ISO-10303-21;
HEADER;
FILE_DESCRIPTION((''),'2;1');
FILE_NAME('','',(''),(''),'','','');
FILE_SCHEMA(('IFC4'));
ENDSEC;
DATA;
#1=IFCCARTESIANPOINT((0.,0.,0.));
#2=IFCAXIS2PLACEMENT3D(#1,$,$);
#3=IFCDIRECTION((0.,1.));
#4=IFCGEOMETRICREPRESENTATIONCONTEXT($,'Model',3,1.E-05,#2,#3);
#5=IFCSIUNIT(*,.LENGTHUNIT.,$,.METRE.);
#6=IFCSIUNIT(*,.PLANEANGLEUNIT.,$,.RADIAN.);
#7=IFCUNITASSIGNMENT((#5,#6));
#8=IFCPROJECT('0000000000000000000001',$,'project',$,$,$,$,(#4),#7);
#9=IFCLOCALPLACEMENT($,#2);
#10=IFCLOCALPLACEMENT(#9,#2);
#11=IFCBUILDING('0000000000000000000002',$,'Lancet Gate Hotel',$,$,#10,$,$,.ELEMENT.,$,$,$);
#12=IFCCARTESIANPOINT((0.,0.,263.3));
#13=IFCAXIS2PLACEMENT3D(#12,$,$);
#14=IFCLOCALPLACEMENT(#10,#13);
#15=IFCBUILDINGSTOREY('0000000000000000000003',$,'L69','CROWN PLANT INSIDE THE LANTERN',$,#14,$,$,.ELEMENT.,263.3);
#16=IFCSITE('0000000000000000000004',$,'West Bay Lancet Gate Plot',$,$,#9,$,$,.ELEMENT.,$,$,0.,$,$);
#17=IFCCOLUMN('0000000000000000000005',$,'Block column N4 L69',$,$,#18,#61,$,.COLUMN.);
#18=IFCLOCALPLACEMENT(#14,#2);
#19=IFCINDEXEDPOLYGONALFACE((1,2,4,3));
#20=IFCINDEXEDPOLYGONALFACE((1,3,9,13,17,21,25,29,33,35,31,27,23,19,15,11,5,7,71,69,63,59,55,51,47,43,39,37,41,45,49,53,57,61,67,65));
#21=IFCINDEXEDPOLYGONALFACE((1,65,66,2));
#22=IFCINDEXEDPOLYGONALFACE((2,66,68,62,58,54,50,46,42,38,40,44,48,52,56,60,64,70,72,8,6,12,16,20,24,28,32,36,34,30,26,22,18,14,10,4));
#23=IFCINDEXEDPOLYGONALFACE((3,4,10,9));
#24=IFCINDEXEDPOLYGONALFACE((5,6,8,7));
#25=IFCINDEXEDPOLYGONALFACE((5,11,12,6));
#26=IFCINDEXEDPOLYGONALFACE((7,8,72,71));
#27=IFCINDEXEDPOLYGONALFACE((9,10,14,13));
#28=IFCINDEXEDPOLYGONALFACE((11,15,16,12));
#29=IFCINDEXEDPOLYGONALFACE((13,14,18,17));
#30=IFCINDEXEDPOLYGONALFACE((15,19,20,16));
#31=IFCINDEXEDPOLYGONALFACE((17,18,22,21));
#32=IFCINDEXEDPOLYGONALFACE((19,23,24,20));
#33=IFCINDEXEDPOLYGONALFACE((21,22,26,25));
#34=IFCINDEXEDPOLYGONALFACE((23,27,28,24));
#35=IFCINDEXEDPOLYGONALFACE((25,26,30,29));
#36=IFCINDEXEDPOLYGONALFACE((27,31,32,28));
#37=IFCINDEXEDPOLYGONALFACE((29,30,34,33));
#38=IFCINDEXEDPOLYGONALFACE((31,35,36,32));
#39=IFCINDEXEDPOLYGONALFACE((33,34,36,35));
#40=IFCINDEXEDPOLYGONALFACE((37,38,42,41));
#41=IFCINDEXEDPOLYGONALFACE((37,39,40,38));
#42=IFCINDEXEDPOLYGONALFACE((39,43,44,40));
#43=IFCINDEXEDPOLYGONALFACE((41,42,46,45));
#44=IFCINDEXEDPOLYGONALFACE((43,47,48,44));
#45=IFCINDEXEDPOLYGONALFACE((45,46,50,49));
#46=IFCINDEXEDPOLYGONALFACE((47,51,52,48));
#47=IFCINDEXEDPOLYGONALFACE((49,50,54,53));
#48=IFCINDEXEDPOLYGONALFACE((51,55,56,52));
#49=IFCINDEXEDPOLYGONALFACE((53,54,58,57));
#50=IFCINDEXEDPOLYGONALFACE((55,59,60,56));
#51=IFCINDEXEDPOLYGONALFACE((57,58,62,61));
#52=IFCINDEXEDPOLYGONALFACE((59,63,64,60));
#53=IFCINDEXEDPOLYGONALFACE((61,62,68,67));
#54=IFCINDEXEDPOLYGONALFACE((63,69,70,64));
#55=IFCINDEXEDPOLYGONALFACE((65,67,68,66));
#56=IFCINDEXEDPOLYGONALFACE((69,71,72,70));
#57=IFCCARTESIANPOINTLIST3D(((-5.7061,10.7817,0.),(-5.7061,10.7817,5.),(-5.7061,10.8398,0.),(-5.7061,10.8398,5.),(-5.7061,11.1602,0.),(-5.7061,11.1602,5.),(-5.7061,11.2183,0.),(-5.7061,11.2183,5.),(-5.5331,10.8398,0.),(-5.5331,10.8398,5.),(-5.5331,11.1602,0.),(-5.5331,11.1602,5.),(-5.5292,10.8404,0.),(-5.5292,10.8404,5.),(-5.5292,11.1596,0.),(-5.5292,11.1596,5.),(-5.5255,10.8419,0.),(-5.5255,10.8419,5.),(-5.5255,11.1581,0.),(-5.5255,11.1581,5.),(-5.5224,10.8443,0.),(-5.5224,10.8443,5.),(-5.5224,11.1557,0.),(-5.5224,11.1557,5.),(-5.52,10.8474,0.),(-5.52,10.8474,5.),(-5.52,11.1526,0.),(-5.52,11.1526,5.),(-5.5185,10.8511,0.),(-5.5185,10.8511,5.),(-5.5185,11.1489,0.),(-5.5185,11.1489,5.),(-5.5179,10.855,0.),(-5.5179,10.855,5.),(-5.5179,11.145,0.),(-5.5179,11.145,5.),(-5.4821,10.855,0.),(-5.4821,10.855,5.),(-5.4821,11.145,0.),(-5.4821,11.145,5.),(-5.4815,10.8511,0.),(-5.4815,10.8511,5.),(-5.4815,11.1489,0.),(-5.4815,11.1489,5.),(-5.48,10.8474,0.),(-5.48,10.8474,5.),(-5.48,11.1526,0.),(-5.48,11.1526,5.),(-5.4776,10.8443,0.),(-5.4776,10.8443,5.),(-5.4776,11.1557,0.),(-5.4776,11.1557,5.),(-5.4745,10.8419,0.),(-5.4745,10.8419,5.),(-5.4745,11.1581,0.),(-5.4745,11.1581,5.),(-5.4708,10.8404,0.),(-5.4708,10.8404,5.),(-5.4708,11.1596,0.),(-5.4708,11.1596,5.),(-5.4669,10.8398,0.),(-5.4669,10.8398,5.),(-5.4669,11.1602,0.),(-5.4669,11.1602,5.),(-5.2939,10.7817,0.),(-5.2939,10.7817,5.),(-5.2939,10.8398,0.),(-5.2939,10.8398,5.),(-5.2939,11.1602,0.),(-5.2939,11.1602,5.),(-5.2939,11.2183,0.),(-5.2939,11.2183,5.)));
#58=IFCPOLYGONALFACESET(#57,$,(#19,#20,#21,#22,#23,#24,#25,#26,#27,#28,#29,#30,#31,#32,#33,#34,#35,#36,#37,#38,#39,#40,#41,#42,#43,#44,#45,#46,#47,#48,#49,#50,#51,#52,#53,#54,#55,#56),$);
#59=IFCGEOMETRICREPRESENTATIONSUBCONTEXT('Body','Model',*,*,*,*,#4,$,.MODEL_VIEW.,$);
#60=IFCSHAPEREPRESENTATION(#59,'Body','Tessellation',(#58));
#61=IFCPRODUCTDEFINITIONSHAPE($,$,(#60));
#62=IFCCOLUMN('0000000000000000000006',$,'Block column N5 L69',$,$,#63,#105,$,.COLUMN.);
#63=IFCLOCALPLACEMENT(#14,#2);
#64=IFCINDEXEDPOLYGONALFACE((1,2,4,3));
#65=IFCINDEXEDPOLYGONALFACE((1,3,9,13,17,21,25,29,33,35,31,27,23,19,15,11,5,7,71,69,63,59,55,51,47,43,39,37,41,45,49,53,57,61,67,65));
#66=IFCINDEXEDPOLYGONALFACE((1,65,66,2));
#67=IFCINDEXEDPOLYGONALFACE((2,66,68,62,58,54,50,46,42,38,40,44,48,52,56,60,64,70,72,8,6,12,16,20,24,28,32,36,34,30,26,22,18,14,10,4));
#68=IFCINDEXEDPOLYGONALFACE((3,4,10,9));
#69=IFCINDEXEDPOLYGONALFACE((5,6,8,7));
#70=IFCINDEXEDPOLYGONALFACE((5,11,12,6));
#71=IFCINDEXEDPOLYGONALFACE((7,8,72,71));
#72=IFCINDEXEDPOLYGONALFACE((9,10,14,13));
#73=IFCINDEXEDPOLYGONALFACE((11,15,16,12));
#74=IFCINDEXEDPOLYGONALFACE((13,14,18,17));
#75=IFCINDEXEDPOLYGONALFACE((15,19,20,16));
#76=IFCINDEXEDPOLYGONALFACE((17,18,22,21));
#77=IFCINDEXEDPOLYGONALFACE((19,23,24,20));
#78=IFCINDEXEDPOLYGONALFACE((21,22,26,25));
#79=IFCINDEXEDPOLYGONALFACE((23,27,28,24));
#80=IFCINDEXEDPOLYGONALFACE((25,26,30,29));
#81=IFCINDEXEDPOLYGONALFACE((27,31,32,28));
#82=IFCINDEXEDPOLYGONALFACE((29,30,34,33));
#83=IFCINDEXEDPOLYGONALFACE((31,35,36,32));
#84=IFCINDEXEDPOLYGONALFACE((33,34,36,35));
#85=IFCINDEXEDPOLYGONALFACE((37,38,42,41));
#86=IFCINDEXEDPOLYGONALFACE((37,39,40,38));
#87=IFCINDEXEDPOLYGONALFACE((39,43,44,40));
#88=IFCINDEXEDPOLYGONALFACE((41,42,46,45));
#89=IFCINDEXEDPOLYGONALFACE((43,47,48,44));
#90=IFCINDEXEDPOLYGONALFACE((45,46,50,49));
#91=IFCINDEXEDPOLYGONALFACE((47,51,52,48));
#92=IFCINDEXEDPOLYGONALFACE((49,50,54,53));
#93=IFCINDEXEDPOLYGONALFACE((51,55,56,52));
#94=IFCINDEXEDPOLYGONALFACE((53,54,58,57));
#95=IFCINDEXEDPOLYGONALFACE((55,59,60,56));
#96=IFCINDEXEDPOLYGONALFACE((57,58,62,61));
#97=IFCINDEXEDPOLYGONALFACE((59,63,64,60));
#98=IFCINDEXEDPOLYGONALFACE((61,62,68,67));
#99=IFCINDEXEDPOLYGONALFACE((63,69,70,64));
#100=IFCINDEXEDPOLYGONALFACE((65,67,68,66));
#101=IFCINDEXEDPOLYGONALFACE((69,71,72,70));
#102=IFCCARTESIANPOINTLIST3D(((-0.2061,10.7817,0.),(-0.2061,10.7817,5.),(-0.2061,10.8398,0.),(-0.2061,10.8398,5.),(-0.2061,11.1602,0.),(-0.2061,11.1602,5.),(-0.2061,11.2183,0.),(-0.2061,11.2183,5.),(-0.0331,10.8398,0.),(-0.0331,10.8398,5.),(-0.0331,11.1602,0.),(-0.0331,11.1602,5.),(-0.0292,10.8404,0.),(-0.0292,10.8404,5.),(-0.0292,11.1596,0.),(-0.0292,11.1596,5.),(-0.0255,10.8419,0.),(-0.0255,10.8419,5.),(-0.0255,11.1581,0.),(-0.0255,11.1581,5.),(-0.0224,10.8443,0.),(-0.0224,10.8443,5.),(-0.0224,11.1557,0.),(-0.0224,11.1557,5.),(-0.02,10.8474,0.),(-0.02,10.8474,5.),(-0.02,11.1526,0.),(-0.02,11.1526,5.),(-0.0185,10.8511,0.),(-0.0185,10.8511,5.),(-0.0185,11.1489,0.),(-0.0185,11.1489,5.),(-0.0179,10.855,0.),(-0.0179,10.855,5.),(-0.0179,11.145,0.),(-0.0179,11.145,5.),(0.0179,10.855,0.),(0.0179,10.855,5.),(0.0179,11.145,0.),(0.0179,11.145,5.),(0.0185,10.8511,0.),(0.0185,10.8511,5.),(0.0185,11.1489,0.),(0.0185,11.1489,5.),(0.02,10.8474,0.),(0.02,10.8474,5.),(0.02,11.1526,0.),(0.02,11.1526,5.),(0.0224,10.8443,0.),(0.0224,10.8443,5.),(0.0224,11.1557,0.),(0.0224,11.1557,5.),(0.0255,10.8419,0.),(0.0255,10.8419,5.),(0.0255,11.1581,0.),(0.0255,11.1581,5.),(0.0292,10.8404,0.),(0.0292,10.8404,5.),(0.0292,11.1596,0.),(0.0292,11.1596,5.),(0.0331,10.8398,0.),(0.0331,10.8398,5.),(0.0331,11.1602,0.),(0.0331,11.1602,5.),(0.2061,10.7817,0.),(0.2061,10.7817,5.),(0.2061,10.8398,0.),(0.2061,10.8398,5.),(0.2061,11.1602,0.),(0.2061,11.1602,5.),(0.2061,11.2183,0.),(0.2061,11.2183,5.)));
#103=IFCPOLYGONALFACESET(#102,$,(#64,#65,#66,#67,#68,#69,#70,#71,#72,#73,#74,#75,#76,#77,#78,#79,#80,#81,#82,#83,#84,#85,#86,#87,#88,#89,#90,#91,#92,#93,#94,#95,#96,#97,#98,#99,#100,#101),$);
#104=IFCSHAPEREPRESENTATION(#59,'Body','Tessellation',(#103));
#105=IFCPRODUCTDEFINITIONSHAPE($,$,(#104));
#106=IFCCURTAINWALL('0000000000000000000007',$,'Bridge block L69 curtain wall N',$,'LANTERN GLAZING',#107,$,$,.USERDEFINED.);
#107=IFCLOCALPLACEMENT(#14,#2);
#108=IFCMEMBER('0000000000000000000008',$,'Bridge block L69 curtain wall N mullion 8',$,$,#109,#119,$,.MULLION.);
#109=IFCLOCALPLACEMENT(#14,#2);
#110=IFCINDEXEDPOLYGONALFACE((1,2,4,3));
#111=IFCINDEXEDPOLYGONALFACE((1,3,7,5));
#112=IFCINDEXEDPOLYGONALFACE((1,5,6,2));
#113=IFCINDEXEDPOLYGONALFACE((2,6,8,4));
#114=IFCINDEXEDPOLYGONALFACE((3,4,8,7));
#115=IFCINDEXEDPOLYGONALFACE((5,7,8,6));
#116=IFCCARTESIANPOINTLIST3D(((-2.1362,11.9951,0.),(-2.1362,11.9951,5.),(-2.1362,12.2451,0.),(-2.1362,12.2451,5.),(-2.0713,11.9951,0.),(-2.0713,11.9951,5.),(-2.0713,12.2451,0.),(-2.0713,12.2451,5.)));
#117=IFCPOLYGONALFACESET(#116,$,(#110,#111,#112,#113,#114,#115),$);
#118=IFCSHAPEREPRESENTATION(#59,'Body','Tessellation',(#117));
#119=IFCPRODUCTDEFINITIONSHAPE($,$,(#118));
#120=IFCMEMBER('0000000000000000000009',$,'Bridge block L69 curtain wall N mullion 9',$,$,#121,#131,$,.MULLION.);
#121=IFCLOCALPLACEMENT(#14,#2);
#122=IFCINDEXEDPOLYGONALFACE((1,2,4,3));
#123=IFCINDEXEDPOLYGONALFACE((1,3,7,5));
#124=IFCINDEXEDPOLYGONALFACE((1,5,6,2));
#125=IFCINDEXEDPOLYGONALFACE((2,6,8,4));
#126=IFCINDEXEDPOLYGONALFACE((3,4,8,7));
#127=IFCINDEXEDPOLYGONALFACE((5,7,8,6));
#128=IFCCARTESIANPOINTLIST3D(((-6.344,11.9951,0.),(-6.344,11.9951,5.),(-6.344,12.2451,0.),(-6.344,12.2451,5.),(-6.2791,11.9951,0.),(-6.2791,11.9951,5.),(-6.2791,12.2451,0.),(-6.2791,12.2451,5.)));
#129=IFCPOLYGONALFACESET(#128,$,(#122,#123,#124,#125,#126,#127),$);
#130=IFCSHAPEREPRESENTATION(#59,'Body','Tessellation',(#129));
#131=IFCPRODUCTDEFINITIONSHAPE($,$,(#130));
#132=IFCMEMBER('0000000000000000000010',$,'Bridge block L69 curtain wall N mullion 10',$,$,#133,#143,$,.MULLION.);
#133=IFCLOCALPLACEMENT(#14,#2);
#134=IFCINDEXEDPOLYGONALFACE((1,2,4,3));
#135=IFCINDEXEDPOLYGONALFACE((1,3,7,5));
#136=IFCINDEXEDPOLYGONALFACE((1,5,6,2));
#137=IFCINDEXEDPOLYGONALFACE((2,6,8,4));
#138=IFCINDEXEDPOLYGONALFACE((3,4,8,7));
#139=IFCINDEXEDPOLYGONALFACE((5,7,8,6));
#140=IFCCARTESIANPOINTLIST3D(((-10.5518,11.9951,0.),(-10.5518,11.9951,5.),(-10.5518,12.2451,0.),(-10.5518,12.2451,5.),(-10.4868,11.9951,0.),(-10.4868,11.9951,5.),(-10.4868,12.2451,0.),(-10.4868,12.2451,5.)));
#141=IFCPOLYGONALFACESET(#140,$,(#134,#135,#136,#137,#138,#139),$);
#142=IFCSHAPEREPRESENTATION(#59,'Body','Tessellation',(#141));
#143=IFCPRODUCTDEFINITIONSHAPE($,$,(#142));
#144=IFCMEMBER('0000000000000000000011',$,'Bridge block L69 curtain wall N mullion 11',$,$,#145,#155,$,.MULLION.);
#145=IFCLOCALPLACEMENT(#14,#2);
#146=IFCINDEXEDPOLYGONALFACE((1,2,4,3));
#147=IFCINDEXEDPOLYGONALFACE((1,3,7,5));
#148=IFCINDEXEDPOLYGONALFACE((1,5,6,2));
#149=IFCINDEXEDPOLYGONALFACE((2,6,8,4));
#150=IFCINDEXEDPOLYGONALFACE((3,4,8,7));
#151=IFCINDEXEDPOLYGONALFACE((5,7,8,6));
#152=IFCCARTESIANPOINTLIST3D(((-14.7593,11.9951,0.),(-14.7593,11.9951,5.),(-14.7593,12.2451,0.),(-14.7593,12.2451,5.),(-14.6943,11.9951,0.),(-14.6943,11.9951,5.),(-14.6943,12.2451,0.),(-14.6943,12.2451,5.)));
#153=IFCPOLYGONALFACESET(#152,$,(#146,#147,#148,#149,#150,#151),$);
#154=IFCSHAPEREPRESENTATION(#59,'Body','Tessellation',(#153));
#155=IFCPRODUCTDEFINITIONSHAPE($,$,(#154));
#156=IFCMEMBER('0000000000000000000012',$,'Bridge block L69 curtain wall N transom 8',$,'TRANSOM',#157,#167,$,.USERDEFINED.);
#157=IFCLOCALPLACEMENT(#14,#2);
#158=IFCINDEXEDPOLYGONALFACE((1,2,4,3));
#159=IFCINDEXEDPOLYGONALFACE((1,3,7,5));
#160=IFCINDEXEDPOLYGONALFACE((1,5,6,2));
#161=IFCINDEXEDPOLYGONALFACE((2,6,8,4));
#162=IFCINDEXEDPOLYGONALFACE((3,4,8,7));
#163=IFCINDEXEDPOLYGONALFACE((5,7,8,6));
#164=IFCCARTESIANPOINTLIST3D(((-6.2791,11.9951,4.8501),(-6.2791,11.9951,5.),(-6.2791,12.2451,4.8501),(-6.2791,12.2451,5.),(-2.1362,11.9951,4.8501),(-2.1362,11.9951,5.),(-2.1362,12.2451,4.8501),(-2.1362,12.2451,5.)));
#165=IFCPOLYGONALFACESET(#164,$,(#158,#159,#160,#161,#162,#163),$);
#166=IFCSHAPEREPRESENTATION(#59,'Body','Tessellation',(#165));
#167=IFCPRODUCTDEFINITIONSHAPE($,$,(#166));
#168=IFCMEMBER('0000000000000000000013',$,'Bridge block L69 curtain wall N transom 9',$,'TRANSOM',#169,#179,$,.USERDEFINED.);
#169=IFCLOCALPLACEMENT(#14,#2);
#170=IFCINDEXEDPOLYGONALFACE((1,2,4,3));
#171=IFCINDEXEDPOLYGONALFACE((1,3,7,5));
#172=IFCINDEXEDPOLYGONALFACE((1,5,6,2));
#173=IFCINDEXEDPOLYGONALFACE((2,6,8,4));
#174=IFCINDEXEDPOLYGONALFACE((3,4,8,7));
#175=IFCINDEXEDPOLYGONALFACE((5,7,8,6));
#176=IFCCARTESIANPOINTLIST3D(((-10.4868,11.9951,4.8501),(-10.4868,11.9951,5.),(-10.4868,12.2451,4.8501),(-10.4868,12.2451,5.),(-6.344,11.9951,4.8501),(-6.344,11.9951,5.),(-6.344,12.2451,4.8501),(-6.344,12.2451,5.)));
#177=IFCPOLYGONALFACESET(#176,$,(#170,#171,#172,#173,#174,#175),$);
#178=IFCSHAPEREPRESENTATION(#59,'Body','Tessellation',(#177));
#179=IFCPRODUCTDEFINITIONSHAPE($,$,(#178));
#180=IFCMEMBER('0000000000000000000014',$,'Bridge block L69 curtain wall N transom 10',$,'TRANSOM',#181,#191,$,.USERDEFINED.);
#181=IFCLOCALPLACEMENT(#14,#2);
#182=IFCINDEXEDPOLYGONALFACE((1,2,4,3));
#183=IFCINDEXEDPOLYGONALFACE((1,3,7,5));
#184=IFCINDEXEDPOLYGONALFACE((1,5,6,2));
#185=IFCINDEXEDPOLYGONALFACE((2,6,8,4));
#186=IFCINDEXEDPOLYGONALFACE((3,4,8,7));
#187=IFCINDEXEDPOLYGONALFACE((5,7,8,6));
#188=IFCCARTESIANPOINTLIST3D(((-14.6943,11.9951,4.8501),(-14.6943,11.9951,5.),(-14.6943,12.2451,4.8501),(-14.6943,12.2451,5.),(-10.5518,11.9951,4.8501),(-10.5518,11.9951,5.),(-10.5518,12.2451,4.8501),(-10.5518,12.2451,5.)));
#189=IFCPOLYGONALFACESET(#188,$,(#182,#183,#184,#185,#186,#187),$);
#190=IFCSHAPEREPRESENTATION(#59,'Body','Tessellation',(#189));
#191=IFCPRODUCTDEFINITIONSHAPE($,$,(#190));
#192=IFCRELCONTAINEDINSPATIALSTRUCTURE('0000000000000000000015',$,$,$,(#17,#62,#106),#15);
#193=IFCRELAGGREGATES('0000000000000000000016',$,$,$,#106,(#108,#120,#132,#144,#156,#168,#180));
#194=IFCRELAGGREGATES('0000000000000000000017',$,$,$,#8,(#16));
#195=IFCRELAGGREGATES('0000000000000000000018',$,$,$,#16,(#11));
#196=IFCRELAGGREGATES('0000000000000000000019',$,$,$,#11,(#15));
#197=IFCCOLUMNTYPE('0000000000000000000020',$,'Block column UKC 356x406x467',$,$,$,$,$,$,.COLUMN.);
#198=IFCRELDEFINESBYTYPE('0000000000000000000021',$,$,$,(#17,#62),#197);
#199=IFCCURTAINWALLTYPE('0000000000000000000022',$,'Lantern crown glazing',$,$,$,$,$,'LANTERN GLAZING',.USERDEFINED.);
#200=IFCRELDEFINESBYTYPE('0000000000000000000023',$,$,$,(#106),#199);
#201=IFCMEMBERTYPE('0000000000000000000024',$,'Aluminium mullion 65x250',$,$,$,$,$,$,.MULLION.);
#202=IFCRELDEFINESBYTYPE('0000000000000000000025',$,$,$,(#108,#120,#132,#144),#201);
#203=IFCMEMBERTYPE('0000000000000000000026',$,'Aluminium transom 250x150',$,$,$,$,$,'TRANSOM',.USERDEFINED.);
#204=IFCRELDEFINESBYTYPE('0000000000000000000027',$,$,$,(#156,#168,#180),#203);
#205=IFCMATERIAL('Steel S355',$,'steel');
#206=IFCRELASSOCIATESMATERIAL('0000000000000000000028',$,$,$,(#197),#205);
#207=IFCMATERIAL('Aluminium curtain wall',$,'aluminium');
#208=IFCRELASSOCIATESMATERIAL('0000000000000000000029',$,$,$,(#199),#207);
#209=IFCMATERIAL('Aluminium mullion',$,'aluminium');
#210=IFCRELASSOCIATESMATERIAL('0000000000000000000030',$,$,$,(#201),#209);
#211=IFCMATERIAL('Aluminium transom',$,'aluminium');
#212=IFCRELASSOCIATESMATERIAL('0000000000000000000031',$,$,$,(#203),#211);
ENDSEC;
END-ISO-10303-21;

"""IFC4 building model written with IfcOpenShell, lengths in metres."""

from ifc_helpers import new_model, si_unit, direction, frame, origin, origin_2d, place, context, subcontext, project, spatial, rectangle, i_section, extrude, material, material_profile, profile_set, type_object, element, aggregate, save


model = new_model("IFC4")

# Units and contexts
model_context = context("Model", 3, precision=1e-05, world=origin(), true_north=direction((0.0, 1.0)))
body_context = subcontext(model_context, "Body", "Model", "MODEL_VIEW")
ifc_project = project(units=[si_unit("LENGTHUNIT", "METRE"), si_unit("PLANEANGLEUNIT", "RADIAN")], contexts=[model_context])

# Site, building, storey
site_placement = place(None, origin())
site = spatial("IfcSite", under=ifc_project, at=site_placement, Name="West Bay Lancet Gate Plot", CompositionType="ELEMENT", RefElevation=0.0)
building_placement = place(site_placement, origin())
building = spatial("IfcBuilding", under=site, at=building_placement, Name="Lancet Gate Hotel", CompositionType="ELEMENT")
storey_placement = place(building_placement, frame((0.0, 0.0, 263.3)))
storey = spatial("IfcBuildingStorey", under=building, at=storey_placement, Name="L69", Description="CROWN PLANT INSIDE THE LANTERN", CompositionType="ELEMENT", Elevation=263.3)

# Columns
ifc_material_1 = material(Name="Steel S355", Category="steel")
ifc_material_profile_1 = material_profile(ifc_material_1, i_section(OverallWidth=0.4121, OverallDepth=0.4365, WebThickness=0.0359, FlangeThickness=0.0581, FilletRadius=0.0151, at=origin_2d()), Name="UKC 356x406x467")
ifc_profile_set_1 = profile_set([ifc_material_profile_1], Name="Steel S355")
column_type = type_object("IfcColumnType", Name="Block column UKC 356x406x467", PredefinedType="COLUMN", material=ifc_profile_set_1)
for number, where, z_axis, x_axis, name in (
    (1, (-5.5, 11.0, 0.0), (0.0, 0.0, 1.0), (1.0, 0.0, 0.0), "Block column N4 L69"),
    (2, (0.0, 11.0, 0.0), (0.0, 0.0, 1.0), (1.0, 0.0, 0.0), "Block column N5 L69"),
):
    element("IfcColumn", number, at=place(storey_placement, frame(where, z_axis=z_axis, x_axis=x_axis)), inside=storey, type_object=column_type, Name=name, PredefinedType="COLUMN", context=body_context, shape_type="SweptSolid", body=[
        extrude(i_section(OverallWidth=0.4121, OverallDepth=0.4365, WebThickness=0.0359, FlangeThickness=0.0581, FilletRadius=0.0151, at=origin_2d()), origin(), (0.0, 0.0, 1.0), 5.0),
    ])

# Curtain wall, members
ifc_material_2 = material(Name="Aluminium curtain wall", Category="aluminium")
curtain_wall_type = type_object("IfcCurtainWallType", Name="Lantern crown glazing", ElementType="LANTERN GLAZING", PredefinedType="USERDEFINED", material=ifc_material_2)
curtain_wall_placement = place(storey_placement, origin())
curtain_wall = element("IfcCurtainWall", 3, at=curtain_wall_placement, inside=storey, type_object=curtain_wall_type, Name="Bridge block L69 curtain wall N", ObjectType="LANTERN GLAZING", PredefinedType="USERDEFINED")
ifc_material_3 = material(Name="Aluminium mullion", Category="aluminium")
ifc_material_profile_2 = material_profile(ifc_material_3, rectangle(XDim=0.0649, YDim=0.25, at=origin_2d()), Name="MULLION 65x250")
ifc_profile_set_2 = profile_set([ifc_material_profile_2], Name="Aluminium mullion")
member_type_1 = type_object("IfcMemberType", Name="Aluminium mullion 65x250", PredefinedType="MULLION", material=ifc_profile_set_2)
member_1_placement = place(storey_placement, frame((-2.1038, 12.1201, 0.0), z_axis=(0.0, 0.0, 1.0), x_axis=(-1.0, 0.0, 0.0)))
member_1 = element("IfcMember", 4, at=member_1_placement, type_object=member_type_1, Name="Bridge block L69 curtain wall N mullion 8", PredefinedType="MULLION", context=body_context, shape_type="SweptSolid", body=[
    extrude(rectangle(XDim=0.0649, YDim=0.25, at=origin_2d()), origin(), (0.0, 0.0, 1.0), 5.0),
])
member_2_placement = place(storey_placement, frame((-6.3115, 12.1201, 0.0), z_axis=(0.0, 0.0, 1.0), x_axis=(-1.0, 0.0, 0.0)))
member_2 = element("IfcMember", 5, at=member_2_placement, type_object=member_type_1, Name="Bridge block L69 curtain wall N mullion 9", PredefinedType="MULLION", context=body_context, shape_type="SweptSolid", body=[
    extrude(rectangle(XDim=0.0649, YDim=0.25, at=origin_2d()), origin(), (0.0, 0.0, 1.0), 5.0),
])
member_3_placement = place(storey_placement, frame((-10.5193, 12.1201, 0.0), z_axis=(0.0, 0.0, 1.0), x_axis=(-1.0, 0.0, 0.0)))
member_3 = element("IfcMember", 6, at=member_3_placement, type_object=member_type_1, Name="Bridge block L69 curtain wall N mullion 10", PredefinedType="MULLION", context=body_context, shape_type="SweptSolid", body=[
    extrude(rectangle(XDim=0.0649, YDim=0.25, at=origin_2d()), origin(), (0.0, 0.0, 1.0), 5.0),
])
member_4_placement = place(storey_placement, frame((-14.7268, 12.1201, 0.0), z_axis=(0.0, 0.0, 1.0), x_axis=(-1.0, 0.0, 0.0)))
member_4 = element("IfcMember", 7, at=member_4_placement, type_object=member_type_1, Name="Bridge block L69 curtain wall N mullion 11", PredefinedType="MULLION", context=body_context, shape_type="SweptSolid", body=[
    extrude(rectangle(XDim=0.0649, YDim=0.25, at=origin_2d()), origin(), (0.0, 0.0, 1.0), 5.0),
])
ifc_material_4 = material(Name="Aluminium transom", Category="aluminium")
ifc_material_profile_3 = material_profile(ifc_material_4, rectangle(XDim=0.25, YDim=0.1499, at=origin_2d()), Name="TRANSOM 250x150")
ifc_profile_set_3 = profile_set([ifc_material_profile_3], Name="Aluminium transom")
member_type_2 = type_object("IfcMemberType", Name="Aluminium transom 250x150", ElementType="TRANSOM", PredefinedType="USERDEFINED", material=ifc_profile_set_3)
member_5_placement = place(storey_placement, frame((-2.1362, 12.1201, 4.925), z_axis=(-1.0, 0.0, 0.0), x_axis=(0.0, -1.0, 0.0)))
member_5 = element("IfcMember", 8, at=member_5_placement, type_object=member_type_2, Name="Bridge block L69 curtain wall N transom 8", ObjectType="TRANSOM", PredefinedType="USERDEFINED", context=body_context, shape_type="SweptSolid", body=[
    extrude(rectangle(XDim=0.25, YDim=0.1499, at=origin_2d()), origin(), (0.0, 0.0, 1.0), 4.1428),
])
member_6_placement = place(storey_placement, frame((-6.344, 12.1201, 4.925), z_axis=(-1.0, 0.0, 0.0), x_axis=(0.0, -1.0, 0.0)))
member_6 = element("IfcMember", 9, at=member_6_placement, type_object=member_type_2, Name="Bridge block L69 curtain wall N transom 9", ObjectType="TRANSOM", PredefinedType="USERDEFINED", context=body_context, shape_type="SweptSolid", body=[
    extrude(rectangle(XDim=0.25, YDim=0.1499, at=origin_2d()), origin(), (0.0, 0.0, 1.0), 4.1428),
])
member_7_placement = place(storey_placement, frame((-10.5518, 12.1201, 4.925), z_axis=(-1.0, 0.0, 0.0), x_axis=(0.0, -1.0, 0.0)))
member_7 = element("IfcMember", 10, at=member_7_placement, type_object=member_type_2, Name="Bridge block L69 curtain wall N transom 10", ObjectType="TRANSOM", PredefinedType="USERDEFINED", context=body_context, shape_type="SweptSolid", body=[
    extrude(rectangle(XDim=0.25, YDim=0.1499, at=origin_2d()), origin(), (0.0, 0.0, 1.0), 4.1426),
])

aggregate(curtain_wall, [member_1, member_2, member_3, member_4, member_5, member_6, member_7])

save(model, "model.ifc")
